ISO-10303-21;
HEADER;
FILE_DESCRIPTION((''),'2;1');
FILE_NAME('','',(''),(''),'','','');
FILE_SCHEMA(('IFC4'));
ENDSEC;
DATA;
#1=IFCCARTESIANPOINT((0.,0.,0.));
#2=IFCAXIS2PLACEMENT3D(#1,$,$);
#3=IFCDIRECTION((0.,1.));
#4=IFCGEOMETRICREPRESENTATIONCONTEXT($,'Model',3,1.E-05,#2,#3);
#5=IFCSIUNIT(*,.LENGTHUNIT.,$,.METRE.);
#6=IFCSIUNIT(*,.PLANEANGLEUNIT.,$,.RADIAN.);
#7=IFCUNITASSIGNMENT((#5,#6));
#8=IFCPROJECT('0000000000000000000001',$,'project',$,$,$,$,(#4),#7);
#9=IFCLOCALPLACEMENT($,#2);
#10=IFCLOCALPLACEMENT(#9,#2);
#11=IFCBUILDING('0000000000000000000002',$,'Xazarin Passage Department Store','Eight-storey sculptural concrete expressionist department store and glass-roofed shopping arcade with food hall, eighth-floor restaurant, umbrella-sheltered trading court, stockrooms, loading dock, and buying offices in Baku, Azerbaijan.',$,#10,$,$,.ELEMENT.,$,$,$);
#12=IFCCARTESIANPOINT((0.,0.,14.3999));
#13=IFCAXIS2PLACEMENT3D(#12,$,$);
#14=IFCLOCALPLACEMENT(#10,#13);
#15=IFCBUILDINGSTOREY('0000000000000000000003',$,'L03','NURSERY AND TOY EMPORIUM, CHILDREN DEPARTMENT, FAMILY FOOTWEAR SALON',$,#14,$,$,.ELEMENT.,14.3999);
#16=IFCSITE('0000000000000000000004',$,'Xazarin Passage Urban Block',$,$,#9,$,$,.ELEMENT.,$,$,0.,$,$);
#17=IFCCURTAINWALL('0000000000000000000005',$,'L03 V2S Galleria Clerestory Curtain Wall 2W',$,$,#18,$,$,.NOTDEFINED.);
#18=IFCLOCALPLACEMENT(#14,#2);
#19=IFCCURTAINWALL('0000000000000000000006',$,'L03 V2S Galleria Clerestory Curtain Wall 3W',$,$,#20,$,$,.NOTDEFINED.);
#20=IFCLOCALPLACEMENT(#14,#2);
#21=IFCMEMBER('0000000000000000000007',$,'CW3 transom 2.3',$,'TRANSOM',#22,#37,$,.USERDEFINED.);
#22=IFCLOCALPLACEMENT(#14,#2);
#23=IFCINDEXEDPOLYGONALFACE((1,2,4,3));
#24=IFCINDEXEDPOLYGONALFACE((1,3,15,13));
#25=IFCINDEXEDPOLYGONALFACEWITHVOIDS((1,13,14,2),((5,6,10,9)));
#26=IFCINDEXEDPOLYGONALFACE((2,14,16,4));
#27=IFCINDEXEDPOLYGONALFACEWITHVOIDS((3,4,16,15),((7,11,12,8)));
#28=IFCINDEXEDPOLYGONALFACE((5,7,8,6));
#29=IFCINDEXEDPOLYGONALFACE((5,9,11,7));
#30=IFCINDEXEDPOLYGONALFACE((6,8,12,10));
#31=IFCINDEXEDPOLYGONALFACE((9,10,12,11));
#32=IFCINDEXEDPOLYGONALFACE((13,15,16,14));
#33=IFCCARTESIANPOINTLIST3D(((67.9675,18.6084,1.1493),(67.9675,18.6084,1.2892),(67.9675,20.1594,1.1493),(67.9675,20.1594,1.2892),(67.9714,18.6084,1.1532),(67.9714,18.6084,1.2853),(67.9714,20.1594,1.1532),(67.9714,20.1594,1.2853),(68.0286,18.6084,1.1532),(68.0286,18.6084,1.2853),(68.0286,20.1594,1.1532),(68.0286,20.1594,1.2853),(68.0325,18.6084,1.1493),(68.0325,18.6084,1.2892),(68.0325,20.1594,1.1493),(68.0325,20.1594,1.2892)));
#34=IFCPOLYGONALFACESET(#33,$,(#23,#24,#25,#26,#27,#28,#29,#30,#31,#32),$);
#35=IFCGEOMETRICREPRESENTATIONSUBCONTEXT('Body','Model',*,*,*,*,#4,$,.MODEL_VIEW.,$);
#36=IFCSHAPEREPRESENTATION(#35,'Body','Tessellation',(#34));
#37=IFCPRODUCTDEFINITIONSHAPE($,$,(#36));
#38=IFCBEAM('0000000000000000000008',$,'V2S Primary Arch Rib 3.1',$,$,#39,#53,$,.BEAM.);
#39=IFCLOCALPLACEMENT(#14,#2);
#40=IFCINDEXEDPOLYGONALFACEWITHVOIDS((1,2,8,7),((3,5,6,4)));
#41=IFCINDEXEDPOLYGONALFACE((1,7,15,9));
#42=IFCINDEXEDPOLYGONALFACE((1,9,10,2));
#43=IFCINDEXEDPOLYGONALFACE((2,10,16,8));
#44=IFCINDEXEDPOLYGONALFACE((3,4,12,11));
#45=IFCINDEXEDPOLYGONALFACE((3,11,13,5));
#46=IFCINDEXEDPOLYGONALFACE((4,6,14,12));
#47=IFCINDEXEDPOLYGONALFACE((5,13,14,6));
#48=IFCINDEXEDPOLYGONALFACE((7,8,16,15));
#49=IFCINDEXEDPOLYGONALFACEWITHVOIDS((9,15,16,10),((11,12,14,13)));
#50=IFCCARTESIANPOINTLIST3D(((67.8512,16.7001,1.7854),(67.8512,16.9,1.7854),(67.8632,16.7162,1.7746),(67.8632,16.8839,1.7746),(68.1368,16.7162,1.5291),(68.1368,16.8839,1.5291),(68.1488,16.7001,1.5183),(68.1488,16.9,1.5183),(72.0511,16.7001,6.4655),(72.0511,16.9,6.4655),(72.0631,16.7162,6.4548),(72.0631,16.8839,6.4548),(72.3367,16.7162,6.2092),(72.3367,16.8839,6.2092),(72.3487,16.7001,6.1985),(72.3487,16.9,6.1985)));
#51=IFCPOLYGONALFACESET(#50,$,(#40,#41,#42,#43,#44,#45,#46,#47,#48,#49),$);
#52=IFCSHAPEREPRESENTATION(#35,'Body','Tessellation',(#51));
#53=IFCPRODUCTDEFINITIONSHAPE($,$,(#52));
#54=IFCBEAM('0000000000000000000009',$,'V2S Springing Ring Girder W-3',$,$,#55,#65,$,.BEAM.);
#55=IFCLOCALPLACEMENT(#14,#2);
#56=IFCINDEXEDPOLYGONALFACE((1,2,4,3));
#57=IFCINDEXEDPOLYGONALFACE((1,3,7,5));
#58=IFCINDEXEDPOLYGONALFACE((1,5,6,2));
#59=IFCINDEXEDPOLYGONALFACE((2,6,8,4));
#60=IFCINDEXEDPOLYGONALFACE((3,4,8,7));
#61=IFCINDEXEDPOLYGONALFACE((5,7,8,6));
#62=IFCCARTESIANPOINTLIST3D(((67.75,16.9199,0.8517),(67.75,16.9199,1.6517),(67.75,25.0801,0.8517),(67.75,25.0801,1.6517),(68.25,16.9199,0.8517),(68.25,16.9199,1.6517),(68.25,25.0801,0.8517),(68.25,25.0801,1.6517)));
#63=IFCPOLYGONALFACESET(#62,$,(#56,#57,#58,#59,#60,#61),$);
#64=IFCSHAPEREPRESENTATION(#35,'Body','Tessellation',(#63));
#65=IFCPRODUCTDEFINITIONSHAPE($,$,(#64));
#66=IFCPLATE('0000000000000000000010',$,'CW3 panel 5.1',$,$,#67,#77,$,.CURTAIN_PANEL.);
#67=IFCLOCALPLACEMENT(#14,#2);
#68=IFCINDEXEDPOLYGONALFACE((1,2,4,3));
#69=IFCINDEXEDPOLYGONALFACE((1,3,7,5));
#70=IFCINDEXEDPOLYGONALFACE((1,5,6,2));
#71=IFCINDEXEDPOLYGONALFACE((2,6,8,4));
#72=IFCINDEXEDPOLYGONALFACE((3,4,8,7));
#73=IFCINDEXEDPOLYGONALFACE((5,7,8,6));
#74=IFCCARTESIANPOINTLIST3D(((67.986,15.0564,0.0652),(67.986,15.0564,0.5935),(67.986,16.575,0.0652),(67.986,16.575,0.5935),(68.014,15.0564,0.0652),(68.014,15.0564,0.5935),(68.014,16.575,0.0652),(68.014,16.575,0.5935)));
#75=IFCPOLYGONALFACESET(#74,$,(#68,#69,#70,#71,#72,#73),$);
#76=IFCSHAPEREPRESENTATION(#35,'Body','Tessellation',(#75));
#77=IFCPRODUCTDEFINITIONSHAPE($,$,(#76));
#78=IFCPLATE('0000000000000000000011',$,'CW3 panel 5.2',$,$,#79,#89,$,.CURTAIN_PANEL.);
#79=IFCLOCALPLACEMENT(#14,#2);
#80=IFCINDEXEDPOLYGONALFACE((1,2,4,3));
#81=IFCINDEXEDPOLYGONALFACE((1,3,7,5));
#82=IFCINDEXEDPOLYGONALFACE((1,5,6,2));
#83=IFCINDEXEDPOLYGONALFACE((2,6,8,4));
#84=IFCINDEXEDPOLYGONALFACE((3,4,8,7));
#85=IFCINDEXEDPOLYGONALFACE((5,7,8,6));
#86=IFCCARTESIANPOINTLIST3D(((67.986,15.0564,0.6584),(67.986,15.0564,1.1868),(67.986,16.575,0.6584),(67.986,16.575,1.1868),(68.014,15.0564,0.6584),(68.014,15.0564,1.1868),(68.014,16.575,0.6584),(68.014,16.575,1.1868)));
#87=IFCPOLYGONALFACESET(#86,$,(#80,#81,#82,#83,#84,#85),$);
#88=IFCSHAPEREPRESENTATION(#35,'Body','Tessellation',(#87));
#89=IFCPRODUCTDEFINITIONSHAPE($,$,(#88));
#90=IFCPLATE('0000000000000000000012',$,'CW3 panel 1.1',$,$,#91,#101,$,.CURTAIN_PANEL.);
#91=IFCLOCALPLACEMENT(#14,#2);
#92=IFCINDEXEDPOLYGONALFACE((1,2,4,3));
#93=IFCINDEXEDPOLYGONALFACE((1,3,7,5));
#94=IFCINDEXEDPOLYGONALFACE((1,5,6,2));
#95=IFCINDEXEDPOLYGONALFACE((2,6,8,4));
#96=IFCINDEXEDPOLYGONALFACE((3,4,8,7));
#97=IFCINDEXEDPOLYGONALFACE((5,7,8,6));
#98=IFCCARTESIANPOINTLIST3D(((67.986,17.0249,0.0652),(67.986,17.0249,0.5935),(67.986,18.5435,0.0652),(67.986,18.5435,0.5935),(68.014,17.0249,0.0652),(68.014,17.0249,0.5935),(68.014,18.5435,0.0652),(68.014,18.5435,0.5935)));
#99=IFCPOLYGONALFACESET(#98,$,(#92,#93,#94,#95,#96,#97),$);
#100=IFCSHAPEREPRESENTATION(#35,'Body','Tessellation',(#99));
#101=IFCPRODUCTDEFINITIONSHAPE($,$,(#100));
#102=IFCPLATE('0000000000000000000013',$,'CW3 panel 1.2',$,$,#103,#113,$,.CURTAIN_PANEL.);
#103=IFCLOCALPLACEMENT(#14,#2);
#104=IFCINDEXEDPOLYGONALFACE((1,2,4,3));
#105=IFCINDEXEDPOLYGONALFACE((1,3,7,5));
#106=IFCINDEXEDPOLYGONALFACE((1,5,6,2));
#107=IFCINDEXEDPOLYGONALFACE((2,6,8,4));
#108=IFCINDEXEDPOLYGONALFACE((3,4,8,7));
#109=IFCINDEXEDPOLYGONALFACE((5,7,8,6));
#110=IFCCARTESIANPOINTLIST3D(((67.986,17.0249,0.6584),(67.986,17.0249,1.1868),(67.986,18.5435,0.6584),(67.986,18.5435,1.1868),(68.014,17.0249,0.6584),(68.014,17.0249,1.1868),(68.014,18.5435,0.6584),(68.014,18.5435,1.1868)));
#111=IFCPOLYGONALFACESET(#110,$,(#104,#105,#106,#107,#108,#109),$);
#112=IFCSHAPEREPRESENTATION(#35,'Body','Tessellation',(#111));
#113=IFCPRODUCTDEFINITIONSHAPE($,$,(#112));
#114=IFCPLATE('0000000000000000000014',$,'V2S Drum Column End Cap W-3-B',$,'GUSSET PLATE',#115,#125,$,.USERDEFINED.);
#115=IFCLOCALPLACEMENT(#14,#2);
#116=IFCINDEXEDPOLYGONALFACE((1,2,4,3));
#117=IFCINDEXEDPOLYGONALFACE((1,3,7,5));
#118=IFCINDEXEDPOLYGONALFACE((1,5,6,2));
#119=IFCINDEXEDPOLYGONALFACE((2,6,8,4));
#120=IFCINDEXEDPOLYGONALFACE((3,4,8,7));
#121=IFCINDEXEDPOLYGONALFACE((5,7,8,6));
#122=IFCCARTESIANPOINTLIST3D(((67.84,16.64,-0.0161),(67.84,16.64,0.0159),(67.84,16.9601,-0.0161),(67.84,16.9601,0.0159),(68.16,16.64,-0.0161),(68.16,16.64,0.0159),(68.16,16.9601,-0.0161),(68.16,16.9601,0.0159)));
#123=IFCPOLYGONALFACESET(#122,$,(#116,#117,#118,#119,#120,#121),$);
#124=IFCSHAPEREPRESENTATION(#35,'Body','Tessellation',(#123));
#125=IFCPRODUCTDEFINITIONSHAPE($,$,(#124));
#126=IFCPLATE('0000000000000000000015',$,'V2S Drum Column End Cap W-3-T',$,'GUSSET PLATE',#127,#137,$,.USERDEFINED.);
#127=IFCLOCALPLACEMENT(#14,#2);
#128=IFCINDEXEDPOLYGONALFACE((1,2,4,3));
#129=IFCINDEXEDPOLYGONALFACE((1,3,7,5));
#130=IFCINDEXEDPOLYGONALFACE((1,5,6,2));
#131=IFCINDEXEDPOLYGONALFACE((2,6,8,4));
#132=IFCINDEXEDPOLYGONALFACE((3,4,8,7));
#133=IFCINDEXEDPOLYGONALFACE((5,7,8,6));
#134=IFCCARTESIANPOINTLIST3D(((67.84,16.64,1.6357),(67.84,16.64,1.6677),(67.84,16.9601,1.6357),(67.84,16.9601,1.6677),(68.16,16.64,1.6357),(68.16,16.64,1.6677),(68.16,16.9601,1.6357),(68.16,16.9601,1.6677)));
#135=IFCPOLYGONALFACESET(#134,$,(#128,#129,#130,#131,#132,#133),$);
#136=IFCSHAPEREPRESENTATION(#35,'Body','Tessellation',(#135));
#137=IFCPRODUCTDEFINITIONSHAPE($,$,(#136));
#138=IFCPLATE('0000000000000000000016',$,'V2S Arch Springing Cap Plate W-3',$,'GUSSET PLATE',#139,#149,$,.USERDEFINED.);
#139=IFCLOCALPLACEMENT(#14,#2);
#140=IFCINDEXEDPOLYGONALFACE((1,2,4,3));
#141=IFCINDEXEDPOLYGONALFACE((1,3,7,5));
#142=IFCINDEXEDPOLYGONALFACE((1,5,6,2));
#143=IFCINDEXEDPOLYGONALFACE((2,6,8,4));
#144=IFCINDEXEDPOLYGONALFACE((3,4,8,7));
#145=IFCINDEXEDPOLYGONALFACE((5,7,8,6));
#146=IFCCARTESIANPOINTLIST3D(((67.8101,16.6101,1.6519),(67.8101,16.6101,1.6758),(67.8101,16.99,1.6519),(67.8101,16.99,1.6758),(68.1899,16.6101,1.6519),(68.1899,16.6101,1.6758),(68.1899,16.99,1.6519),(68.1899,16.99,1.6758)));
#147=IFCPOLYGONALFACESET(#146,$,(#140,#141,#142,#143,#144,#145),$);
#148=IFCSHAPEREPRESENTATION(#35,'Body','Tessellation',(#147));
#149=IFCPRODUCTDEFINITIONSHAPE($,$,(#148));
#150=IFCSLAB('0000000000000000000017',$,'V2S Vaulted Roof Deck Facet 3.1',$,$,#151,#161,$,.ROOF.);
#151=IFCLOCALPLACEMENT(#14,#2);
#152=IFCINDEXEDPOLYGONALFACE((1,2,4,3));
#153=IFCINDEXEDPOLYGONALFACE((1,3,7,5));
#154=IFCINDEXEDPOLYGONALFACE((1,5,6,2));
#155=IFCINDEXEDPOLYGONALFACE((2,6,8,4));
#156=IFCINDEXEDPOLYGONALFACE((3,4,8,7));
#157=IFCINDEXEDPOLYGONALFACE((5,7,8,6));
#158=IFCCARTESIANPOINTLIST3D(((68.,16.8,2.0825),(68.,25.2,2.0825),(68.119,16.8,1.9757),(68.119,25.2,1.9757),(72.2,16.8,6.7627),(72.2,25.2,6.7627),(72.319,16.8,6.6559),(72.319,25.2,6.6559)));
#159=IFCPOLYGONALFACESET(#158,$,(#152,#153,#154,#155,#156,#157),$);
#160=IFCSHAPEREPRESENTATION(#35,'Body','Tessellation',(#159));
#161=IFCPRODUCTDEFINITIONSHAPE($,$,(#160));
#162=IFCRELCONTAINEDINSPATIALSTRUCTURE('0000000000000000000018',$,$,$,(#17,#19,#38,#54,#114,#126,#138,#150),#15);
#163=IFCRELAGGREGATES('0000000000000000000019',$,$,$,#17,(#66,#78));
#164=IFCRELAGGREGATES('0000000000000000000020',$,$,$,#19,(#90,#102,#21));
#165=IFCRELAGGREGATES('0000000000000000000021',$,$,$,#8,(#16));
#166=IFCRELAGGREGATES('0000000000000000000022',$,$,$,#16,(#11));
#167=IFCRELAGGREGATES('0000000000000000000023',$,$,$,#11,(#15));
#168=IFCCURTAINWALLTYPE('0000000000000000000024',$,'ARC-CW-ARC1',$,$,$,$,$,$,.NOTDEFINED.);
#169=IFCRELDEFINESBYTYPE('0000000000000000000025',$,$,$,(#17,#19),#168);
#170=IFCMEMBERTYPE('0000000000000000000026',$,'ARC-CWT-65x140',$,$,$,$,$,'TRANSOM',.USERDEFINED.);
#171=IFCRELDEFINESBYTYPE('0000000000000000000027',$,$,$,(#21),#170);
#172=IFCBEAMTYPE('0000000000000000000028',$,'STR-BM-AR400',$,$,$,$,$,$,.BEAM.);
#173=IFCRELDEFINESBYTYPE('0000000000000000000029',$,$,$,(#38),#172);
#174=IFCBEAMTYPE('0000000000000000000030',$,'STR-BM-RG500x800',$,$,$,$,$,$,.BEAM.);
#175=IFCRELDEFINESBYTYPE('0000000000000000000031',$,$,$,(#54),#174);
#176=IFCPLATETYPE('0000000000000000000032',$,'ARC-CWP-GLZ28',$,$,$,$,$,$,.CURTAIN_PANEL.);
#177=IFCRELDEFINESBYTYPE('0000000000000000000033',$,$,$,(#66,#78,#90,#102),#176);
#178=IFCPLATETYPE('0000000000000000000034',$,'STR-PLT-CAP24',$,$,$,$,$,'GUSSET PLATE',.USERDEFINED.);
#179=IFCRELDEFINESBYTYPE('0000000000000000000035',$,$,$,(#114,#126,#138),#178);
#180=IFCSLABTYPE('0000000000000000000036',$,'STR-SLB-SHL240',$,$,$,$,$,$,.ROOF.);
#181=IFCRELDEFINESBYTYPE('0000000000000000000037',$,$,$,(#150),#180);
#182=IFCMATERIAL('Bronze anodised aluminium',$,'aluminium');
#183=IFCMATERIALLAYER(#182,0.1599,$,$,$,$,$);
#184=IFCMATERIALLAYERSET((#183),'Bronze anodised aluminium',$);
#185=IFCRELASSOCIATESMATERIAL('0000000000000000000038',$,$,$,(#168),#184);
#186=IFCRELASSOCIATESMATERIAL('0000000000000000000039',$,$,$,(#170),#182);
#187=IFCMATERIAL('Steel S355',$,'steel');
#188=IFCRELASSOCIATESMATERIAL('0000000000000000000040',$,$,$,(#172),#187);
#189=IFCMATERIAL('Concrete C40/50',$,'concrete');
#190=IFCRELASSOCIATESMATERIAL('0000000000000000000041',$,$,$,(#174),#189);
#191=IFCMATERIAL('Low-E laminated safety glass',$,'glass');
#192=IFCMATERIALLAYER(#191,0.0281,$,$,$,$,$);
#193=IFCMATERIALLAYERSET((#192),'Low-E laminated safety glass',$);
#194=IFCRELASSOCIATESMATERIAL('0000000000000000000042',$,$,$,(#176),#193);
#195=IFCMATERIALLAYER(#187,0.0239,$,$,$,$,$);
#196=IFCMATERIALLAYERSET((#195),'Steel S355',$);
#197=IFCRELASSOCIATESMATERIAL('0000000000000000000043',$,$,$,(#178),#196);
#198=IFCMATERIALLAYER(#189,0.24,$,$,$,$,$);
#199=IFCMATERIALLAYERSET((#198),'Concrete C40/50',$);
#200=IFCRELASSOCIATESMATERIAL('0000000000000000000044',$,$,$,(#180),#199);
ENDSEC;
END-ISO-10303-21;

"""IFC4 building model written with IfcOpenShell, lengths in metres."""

from ifc_helpers import new_model, si_unit, direction, frame, origin, origin_2d, place, context, subcontext, project, spatial, polyline, rectangle, hollow_rectangle, outline, extrude, material, layer, layer_set, material_profile, profile_set, type_object, element, aggregate, save


model = new_model("IFC4")

# Units and contexts
model_context = context("Model", 3, precision=1e-05, world=origin(), true_north=direction((0.0, 1.0)))
body_context = subcontext(model_context, "Body", "Model", "MODEL_VIEW")
ifc_project = project(units=[si_unit("LENGTHUNIT", "METRE"), si_unit("PLANEANGLEUNIT", "RADIAN")], contexts=[model_context])

# Site, building, storey
site_placement = place(None, origin())
site = spatial("IfcSite", under=ifc_project, at=site_placement, Name="Xazarin Passage Urban Block", CompositionType="ELEMENT", RefElevation=0.0)
building_placement = place(site_placement, origin())
building = spatial("IfcBuilding", under=site, at=building_placement, Name="Xazarin Passage Department Store", Description="Eight-storey sculptural concrete expressionist department store and glass-roofed shopping arcade with food hall, eighth-floor restaurant, umbrella-sheltered trading court, stockrooms, loading dock, and buying offices in Baku, Azerbaijan.", CompositionType="ELEMENT")
storey_placement = place(building_placement, frame((0.0, 0.0, 14.3999)))
storey = spatial("IfcBuildingStorey", under=building, at=storey_placement, Name="L03", Description="NURSERY AND TOY EMPORIUM, CHILDREN DEPARTMENT, FAMILY FOOTWEAR SALON", CompositionType="ELEMENT", Elevation=14.3999)

# Shared definitions
ifc_material_1 = material(Name="Steel S355", Category="steel")

# Curtain wall
ifc_material_2 = material(Name="Bronze anodised aluminium", Category="aluminium")
ifc_layer_1 = layer(ifc_material_2, 0.1599)
ifc_layer_set_1 = layer_set([ifc_layer_1], Name="Bronze anodised aluminium")
curtain_wall_type = type_object("IfcCurtainWallType", Name="ARC-CW-ARC1", PredefinedType="NOTDEFINED", material=ifc_layer_set_1)
curtain_wall_1_placement = place(storey_placement, origin())
curtain_wall_1 = element("IfcCurtainWall", 1, at=curtain_wall_1_placement, inside=storey, type_object=curtain_wall_type, Name="L03 V2S Galleria Clerestory Curtain Wall 2W", PredefinedType="NOTDEFINED")

# Curtain wall
curtain_wall_2_placement = place(storey_placement, origin())
curtain_wall_2 = element("IfcCurtainWall", 2, at=curtain_wall_2_placement, inside=storey, type_object=curtain_wall_type, Name="L03 V2S Galleria Clerestory Curtain Wall 3W", PredefinedType="NOTDEFINED")

# Member
ifc_material_profile_1 = material_profile(ifc_material_2, hollow_rectangle(XDim=0.0649, YDim=0.1399, WallThickness=0.0039, at=origin_2d()), Name="ALU 65x140")
ifc_profile_set_1 = profile_set([ifc_material_profile_1], Name="Bronze anodised aluminium")
member_type_1 = type_object("IfcMemberType", Name="ARC-CWT-65x140", ElementType="TRANSOM", PredefinedType="USERDEFINED", material=ifc_profile_set_1)
member_1_placement = place(storey_placement, frame((68.0, 18.6084, 1.2192), z_axis=(0.0, 1.0, 0.0), x_axis=(-1.0, 0.0, 0.0)))
member_1 = element("IfcMember", 3, at=member_1_placement, type_object=member_type_1, Name="CW3 transom 2.3", ObjectType="TRANSOM", PredefinedType="USERDEFINED", context=body_context, shape_type="SweptSolid", body=[
    extrude(hollow_rectangle(XDim=0.0649, YDim=0.1399, WallThickness=0.0039, at=origin_2d()), origin(), (0.0, 0.0, 1.0), 1.551),
])

# Beams
ifc_material_profile_2 = material_profile(ifc_material_1, hollow_rectangle(XDim=0.2, YDim=0.3999, WallThickness=0.0161, at=origin_2d()), Name="RHS 400x200x16")
ifc_profile_set_2 = profile_set([ifc_material_profile_2], Name="Steel S355")
beam_type_1 = type_object("IfcBeamType", Name="STR-BM-AR400", PredefinedType="BEAM", material=ifc_profile_set_2)
beam_1_placement = place(storey_placement, frame((68.0, 16.8, 1.6519), z_axis=(0.667892, 0.0, 0.744259), x_axis=(0.0, 1.0, 0.0)))
element("IfcBeam", 4, at=beam_1_placement, inside=storey, type_object=beam_type_1, Name="V2S Primary Arch Rib 3.1", PredefinedType="BEAM", context=body_context, shape_type="SweptSolid", body=[
    extrude(hollow_rectangle(XDim=0.2, YDim=0.3999, WallThickness=0.0161, at=origin_2d()), origin(), (0.0, 0.0, 1.0), 6.2883),
])
ifc_material_3 = material(Name="Concrete C40/50", Category="concrete")
ifc_material_profile_3 = material_profile(ifc_material_3, rectangle(XDim=0.5, YDim=0.8, at=origin_2d()), Name="RC 500x800")
ifc_profile_set_3 = profile_set([ifc_material_profile_3], Name="Concrete C40/50")
beam_type_2 = type_object("IfcBeamType", Name="STR-BM-RG500x800", PredefinedType="BEAM", material=ifc_profile_set_3)
beam_2_placement = place(storey_placement, frame((68.0, 16.9199, 1.2517), z_axis=(0.0, 1.0, 0.0), x_axis=(-1.0, 0.0, 0.0)))
element("IfcBeam", 5, at=beam_2_placement, inside=storey, type_object=beam_type_2, Name="V2S Springing Ring Girder W-3", PredefinedType="BEAM", context=body_context, shape_type="SweptSolid", body=[
    extrude(rectangle(XDim=0.5, YDim=0.8, at=origin_2d()), origin(), (0.0, 0.0, 1.0), 8.1602),
])

# Plates
ifc_material_4 = material(Name="Low-E laminated safety glass", Category="glass")
ifc_layer_2 = layer(ifc_material_4, 0.0281)
ifc_layer_set_2 = layer_set([ifc_layer_2], Name="Low-E laminated safety glass")
plate_type_1 = type_object("IfcPlateType", Name="ARC-CWP-GLZ28", PredefinedType="CURTAIN_PANEL", material=ifc_layer_set_2)
plate_1_placement = place(storey_placement, frame((68.0, 15.8157, 0.0652), z_axis=(0.0, 0.0, 1.0), x_axis=(0.0, 1.0, 0.0)))
plate_1 = element("IfcPlate", 6, at=plate_1_placement, type_object=plate_type_1, Name="CW3 panel 5.1", PredefinedType="CURTAIN_PANEL", context=body_context, shape_type="SweptSolid", body=[
    extrude(rectangle(XDim=1.5186, YDim=0.0281, at=origin_2d()), origin(), (0.0, 0.0, 1.0), 0.5283),
])
plate_2_placement = place(storey_placement, frame((68.0, 15.8157, 0.6584), z_axis=(0.0, 0.0, 1.0), x_axis=(0.0, 1.0, 0.0)))
plate_2 = element("IfcPlate", 7, at=plate_2_placement, type_object=plate_type_1, Name="CW3 panel 5.2", PredefinedType="CURTAIN_PANEL", context=body_context, shape_type="SweptSolid", body=[
    extrude(rectangle(XDim=1.5186, YDim=0.0281, at=origin_2d()), origin(), (0.0, 0.0, 1.0), 0.5283),
])
aggregate(curtain_wall_1, [plate_1, plate_2])
plate_3_placement = place(storey_placement, frame((68.0, 17.7842, 0.0652), z_axis=(0.0, 0.0, 1.0), x_axis=(0.0, 1.0, 0.0)))
plate_3 = element("IfcPlate", 8, at=plate_3_placement, type_object=plate_type_1, Name="CW3 panel 1.1", PredefinedType="CURTAIN_PANEL", context=body_context, shape_type="SweptSolid", body=[
    extrude(rectangle(XDim=1.5186, YDim=0.0281, at=origin_2d()), origin(), (0.0, 0.0, 1.0), 0.5283),
])
plate_4_placement = place(storey_placement, frame((68.0, 17.7842, 0.6584), z_axis=(0.0, 0.0, 1.0), x_axis=(0.0, 1.0, 0.0)))
plate_4 = element("IfcPlate", 9, at=plate_4_placement, type_object=plate_type_1, Name="CW3 panel 1.2", PredefinedType="CURTAIN_PANEL", context=body_context, shape_type="SweptSolid", body=[
    extrude(rectangle(XDim=1.5186, YDim=0.0281, at=origin_2d()), origin(), (0.0, 0.0, 1.0), 0.5283),
])
aggregate(curtain_wall_2, [plate_3, plate_4, member_1])

# Plates
ifc_layer_3 = layer(ifc_material_1, 0.0239)
ifc_layer_set_3 = layer_set([ifc_layer_3], Name="Steel S355")
plate_type_2 = type_object("IfcPlateType", Name="STR-PLT-CAP24", ElementType="GUSSET PLATE", PredefinedType="USERDEFINED", material=ifc_layer_set_3)
for number, where, z_axis, x_axis, name in (
    (10, (68.0, 16.8, -0.0161), (0.0, 0.0, 1.0), (1.0, 0.0, 0.0), "V2S Drum Column End Cap W-3-B"),
    (11, (68.0, 16.8, 1.6357), (0.0, 0.0, 1.0), (1.0, 0.0, 0.0), "V2S Drum Column End Cap W-3-T"),
):
    element("IfcPlate", number, at=place(storey_placement, frame(where, z_axis=z_axis, x_axis=x_axis)), inside=storey, type_object=plate_type_2, Name=name, ObjectType="GUSSET PLATE", PredefinedType="USERDEFINED", context=body_context, shape_type="SweptSolid", body=[
        extrude(rectangle(XDim=0.3201, YDim=0.3201, at=origin_2d()), origin(), (0.0, 0.0, 1.0), 0.032),
    ])
plate_5_placement = place(storey_placement, frame((68.0, 16.8, 1.6519), z_axis=(0.0, 0.0, 1.0), x_axis=(1.0, 0.0, 0.0)))
element("IfcPlate", 12, at=plate_5_placement, inside=storey, type_object=plate_type_2, Name="V2S Arch Springing Cap Plate W-3", ObjectType="GUSSET PLATE", PredefinedType="USERDEFINED", context=body_context, shape_type="SweptSolid", body=[
    extrude(rectangle(XDim=0.3799, YDim=0.3799, at=origin_2d()), origin(), (0.0, 0.0, 1.0), 0.0239),
])

# Slab
ifc_layer_4 = layer(ifc_material_3, 0.24)
ifc_layer_set_4 = layer_set([ifc_layer_4], Name="Concrete C40/50")
slab_type = type_object("IfcSlabType", Name="STR-SLB-SHL240", PredefinedType="ROOF", material=ifc_layer_set_4)
slab_placement = place(storey_placement, frame((68.0, 16.8, 2.0825), z_axis=(-0.744259, 0.0, 0.667892), x_axis=(0.667892, 0.0, 0.744259)))
element("IfcSlab", 13, at=slab_placement, inside=storey, type_object=slab_type, Name="V2S Vaulted Roof Deck Facet 3.1", PredefinedType="ROOF", context=body_context, shape_type="SweptSolid", body=[
    extrude(outline(polyline([(0.0, 0.0), (6.2884, 0.0), (6.2884, 8.3999), (0.0, 8.3999), (0.0, 0.0)])), origin(), (0.0, 0.0, -1.0), 0.1599),
])

save(model, "model.ifc")
